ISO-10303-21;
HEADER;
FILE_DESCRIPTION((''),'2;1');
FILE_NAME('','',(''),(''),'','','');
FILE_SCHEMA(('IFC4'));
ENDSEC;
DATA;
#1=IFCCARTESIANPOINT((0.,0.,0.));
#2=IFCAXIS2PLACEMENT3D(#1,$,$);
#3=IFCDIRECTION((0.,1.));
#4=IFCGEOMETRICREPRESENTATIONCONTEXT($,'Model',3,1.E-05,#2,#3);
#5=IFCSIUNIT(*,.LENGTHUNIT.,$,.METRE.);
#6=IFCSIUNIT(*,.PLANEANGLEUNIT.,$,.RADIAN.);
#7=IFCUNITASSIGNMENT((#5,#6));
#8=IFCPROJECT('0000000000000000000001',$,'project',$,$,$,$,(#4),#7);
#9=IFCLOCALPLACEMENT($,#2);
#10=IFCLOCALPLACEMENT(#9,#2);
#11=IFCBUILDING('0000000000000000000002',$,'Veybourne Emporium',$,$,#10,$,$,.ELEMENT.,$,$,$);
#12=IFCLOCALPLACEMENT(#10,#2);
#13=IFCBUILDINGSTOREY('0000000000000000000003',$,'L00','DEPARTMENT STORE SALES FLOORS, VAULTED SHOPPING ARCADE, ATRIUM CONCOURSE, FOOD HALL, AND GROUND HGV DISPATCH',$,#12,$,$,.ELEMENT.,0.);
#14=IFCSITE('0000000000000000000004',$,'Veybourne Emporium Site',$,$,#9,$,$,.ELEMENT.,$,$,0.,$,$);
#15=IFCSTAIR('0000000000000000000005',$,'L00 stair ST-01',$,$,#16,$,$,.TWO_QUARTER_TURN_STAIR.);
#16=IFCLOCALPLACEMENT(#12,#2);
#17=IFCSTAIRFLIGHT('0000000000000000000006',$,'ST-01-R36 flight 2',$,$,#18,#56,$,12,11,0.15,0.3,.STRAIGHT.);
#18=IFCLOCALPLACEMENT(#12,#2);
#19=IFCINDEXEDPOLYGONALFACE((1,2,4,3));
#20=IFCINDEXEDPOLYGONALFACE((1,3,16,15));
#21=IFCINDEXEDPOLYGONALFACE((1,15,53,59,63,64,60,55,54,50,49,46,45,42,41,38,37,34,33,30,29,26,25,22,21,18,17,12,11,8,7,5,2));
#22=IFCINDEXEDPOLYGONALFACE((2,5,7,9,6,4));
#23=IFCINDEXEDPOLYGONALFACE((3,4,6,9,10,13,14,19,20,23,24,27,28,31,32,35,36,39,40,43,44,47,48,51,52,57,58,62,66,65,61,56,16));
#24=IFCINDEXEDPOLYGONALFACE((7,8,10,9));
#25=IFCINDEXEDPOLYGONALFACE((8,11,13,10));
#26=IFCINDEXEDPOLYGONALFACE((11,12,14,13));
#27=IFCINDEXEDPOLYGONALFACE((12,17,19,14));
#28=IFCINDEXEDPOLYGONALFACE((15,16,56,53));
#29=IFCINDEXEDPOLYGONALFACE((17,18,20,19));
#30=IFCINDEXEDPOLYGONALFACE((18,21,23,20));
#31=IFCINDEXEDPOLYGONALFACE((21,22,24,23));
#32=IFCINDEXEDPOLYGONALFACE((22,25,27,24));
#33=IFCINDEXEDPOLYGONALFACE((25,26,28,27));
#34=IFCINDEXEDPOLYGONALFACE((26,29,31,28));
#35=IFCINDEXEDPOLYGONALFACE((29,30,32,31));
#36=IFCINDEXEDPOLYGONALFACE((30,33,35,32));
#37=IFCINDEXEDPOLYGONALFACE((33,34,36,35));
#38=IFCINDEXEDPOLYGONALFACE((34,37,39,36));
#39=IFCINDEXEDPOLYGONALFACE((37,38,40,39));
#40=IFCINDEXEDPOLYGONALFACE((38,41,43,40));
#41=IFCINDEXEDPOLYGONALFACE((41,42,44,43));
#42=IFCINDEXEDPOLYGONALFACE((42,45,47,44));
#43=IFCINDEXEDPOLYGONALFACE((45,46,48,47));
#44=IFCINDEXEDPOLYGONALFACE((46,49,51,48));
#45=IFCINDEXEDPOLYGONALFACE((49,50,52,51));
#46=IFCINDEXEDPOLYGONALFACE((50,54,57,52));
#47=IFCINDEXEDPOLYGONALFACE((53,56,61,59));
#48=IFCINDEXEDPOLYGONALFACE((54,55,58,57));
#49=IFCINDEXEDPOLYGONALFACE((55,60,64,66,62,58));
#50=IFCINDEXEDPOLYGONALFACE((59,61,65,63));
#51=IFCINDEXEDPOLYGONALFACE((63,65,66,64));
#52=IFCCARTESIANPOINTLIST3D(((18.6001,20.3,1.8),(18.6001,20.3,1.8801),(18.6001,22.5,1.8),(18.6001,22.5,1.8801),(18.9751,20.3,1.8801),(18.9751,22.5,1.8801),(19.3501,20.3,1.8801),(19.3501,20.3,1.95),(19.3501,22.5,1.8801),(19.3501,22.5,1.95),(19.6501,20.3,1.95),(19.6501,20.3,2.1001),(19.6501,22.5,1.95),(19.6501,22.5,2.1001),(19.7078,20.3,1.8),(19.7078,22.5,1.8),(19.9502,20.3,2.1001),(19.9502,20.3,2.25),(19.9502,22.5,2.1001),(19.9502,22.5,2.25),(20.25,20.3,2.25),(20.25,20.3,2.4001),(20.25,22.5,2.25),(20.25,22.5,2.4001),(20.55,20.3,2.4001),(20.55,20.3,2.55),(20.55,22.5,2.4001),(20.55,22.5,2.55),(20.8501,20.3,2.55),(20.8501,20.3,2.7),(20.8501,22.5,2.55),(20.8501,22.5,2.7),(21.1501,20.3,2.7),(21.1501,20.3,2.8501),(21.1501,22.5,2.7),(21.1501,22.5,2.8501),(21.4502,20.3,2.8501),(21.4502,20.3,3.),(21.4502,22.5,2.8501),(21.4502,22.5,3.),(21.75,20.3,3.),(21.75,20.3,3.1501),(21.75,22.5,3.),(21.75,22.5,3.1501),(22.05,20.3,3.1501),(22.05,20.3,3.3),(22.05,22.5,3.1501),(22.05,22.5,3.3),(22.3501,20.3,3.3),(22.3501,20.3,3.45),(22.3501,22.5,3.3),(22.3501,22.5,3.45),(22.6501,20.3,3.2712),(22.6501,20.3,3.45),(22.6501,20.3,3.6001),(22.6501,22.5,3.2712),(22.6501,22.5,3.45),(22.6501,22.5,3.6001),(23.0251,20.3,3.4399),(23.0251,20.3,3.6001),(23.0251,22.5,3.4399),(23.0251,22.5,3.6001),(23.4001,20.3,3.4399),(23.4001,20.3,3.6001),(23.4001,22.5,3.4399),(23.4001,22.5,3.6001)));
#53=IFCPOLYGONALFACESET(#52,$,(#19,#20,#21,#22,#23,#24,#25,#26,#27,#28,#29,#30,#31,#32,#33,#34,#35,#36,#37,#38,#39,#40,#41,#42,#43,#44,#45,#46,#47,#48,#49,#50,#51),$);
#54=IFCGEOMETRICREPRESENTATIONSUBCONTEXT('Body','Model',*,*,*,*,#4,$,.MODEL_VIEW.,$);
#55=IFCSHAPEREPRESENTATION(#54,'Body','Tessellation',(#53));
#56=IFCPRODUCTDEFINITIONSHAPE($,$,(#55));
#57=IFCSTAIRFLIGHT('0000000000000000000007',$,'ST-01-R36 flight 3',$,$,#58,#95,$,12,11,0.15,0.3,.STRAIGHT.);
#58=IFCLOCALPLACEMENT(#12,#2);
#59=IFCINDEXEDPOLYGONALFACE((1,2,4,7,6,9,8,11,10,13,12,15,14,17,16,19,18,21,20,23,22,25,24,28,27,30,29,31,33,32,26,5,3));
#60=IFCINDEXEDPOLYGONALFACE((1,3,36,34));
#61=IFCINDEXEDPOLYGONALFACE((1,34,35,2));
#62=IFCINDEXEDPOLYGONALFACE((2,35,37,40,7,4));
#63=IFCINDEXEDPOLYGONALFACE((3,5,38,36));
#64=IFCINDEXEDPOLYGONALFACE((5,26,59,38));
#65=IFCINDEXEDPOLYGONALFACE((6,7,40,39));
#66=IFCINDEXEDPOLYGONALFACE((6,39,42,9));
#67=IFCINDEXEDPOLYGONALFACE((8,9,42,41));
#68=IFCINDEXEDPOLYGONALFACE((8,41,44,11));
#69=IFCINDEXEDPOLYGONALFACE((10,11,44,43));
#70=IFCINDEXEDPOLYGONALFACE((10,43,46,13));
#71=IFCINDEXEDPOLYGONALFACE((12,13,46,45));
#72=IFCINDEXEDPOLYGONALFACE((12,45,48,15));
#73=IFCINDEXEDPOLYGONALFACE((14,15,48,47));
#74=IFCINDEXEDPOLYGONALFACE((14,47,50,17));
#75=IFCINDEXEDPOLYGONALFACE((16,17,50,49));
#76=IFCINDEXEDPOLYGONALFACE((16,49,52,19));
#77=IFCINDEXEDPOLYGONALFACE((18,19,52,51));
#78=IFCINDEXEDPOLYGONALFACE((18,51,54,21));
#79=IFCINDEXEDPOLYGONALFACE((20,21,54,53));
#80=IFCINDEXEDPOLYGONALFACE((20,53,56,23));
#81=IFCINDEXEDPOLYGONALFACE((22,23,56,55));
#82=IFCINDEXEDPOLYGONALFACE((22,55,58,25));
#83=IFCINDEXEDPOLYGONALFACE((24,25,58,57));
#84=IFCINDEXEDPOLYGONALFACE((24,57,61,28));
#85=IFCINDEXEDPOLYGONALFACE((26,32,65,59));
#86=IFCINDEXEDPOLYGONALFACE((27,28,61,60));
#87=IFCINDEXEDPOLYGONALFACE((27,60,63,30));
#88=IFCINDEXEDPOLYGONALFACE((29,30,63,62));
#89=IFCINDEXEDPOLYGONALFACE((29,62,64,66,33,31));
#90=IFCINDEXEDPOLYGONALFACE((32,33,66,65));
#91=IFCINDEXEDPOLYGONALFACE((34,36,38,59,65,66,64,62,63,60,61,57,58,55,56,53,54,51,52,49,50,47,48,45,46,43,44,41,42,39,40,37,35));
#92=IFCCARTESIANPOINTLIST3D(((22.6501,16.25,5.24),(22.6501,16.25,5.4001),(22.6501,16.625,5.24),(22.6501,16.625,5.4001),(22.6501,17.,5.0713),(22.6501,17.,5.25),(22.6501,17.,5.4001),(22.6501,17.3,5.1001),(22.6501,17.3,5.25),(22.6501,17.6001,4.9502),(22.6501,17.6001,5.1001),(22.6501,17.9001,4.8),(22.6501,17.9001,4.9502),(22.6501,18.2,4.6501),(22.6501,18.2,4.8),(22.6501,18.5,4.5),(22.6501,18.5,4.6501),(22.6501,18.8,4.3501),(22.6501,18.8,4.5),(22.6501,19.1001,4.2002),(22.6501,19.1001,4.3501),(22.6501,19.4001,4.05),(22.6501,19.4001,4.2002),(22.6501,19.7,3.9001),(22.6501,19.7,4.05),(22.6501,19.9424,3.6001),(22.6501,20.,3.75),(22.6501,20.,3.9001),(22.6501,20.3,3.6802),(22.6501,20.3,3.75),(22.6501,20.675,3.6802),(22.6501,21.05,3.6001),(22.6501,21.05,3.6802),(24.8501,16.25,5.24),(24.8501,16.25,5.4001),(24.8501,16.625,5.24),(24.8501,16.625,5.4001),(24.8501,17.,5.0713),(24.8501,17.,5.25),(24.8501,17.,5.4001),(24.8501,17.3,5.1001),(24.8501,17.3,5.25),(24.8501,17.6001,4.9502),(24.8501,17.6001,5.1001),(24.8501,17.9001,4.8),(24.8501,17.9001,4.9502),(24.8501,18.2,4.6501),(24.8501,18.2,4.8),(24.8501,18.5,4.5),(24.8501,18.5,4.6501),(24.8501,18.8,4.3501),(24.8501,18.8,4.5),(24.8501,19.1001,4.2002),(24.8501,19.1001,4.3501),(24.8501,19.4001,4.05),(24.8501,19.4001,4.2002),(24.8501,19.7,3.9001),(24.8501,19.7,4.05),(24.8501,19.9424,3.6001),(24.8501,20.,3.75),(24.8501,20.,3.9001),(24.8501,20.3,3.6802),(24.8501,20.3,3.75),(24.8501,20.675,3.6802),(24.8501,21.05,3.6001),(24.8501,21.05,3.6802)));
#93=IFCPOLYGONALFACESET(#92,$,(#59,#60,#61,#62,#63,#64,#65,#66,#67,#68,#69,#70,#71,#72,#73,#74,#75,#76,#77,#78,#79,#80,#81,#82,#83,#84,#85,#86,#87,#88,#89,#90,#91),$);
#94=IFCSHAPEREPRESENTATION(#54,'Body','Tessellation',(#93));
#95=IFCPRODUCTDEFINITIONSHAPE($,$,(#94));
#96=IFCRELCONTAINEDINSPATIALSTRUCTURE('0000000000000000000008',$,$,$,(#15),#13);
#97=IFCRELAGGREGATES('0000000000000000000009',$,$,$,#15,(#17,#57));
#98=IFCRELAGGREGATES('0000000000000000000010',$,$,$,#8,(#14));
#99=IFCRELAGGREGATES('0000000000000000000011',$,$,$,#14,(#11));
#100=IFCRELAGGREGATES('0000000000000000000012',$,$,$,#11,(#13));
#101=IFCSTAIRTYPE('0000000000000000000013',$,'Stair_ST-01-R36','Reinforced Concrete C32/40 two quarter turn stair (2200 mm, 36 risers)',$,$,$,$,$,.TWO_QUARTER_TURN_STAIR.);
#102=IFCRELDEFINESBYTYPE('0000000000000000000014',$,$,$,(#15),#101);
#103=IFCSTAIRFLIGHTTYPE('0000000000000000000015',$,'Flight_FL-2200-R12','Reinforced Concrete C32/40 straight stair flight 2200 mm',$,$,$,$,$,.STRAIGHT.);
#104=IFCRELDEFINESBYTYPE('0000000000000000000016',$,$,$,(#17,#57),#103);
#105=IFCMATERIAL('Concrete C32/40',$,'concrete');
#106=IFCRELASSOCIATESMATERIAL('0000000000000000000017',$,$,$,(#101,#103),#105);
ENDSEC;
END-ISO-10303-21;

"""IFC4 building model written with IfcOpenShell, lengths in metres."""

from ifc_helpers import new_model, si_unit, direction, frame, origin, place, context, subcontext, project, spatial, polyline, outline, extrude, material, type_object, element, aggregate, save


model = new_model("IFC4")

# Units and contexts
model_context = context("Model", 3, precision=1e-05, world=origin(), true_north=direction((0.0, 1.0)))
body_context = subcontext(model_context, "Body", "Model", "MODEL_VIEW")
ifc_project = project(units=[si_unit("LENGTHUNIT", "METRE"), si_unit("PLANEANGLEUNIT", "RADIAN")], contexts=[model_context])

# Site, building, storey
site_placement = place(None, origin())
site = spatial("IfcSite", under=ifc_project, at=site_placement, Name="Veybourne Emporium Site", CompositionType="ELEMENT", RefElevation=0.0)
building_placement = place(site_placement, origin())
building = spatial("IfcBuilding", under=site, at=building_placement, Name="Veybourne Emporium", CompositionType="ELEMENT")
storey_placement = place(building_placement, origin())
storey = spatial("IfcBuildingStorey", under=building, at=storey_placement, Name="L00", Description="DEPARTMENT STORE SALES FLOORS, VAULTED SHOPPING ARCADE, ATRIUM CONCOURSE, FOOD HALL, AND GROUND HGV DISPATCH", CompositionType="ELEMENT", Elevation=0.0)

# Shared definitions
ifc_material_1 = material(Name="Concrete C32/40", Category="concrete")

# Stair, stair flights
stair_type = type_object("IfcStairType", Name="Stair_ST-01-R36", Description="Reinforced Concrete C32/40 two quarter turn stair (2200 mm, 36 risers)", PredefinedType="TWO_QUARTER_TURN_STAIR", material=ifc_material_1)
stair_placement = place(storey_placement, origin())
stair = element("IfcStair", 1, at=stair_placement, inside=storey, type_object=stair_type, Name="L00 stair ST-01", PredefinedType="TWO_QUARTER_TURN_STAIR")
stair_flight_type = type_object("IfcStairFlightType", Name="Flight_FL-2200-R12", Description="Reinforced Concrete C32/40 straight stair flight 2200 mm", PredefinedType="STRAIGHT", material=ifc_material_1)
stair_flight_1_placement = place(storey_placement, frame((19.3501, 21.3999, 1.8), z_axis=(0.0, 0.0, 1.0), x_axis=(1.0, 0.0, 0.0)))
stair_flight_1 = element("IfcStairFlight", 2, at=stair_flight_1_placement, type_object=stair_flight_type, Name="ST-01-R36 flight 2", NumberOfRisers=12, NumberOfTreads=11, PredefinedType="STRAIGHT", RiserHeight=0.15, TreadLength=0.3, context=body_context, shape_type="SweptSolid", body=[
    extrude(outline(polyline([(-0.75, 0.0), (-0.75, 0.0801), (-0.375, 0.0801), (0.0, 0.0801), (0.0, 0.1499), (0.3, 0.1499), (0.3, 0.3), (0.6001, 0.3), (0.6001, 0.45), (0.8999, 0.45), (0.8999, 0.6001), (1.2, 0.6001), (1.2, 0.75), (1.5, 0.75), (1.5, 0.8999), (1.8, 0.8999), (1.8, 1.05), (2.1001, 1.05), (2.1001, 1.2), (2.3999, 1.2), (2.3999, 1.3501), (2.7, 1.3501), (2.7, 1.5), (3.0, 1.5), (3.0, 1.6499), (3.3, 1.6499), (3.3, 1.8), (3.675, 1.8), (4.05, 1.8), (4.05, 1.6399), (3.675, 1.6399), (3.3, 1.4712), (0.3577, 0.0), (-0.75, 0.0)])), frame((0.0, 1.1001, 0.0), z_axis=(0.0, -1.0, 0.0), x_axis=(1.0, 0.0, 0.0)), (0.0, 0.0, 1.0), 2.2),
])
stair_flight_2_placement = place(storey_placement, frame((23.75, 20.3, 3.6001), z_axis=(0.0, 0.0, 1.0), x_axis=(0.0, -1.0, 0.0)))
stair_flight_2 = element("IfcStairFlight", 3, at=stair_flight_2_placement, type_object=stair_flight_type, Name="ST-01-R36 flight 3", NumberOfRisers=12, NumberOfTreads=11, PredefinedType="STRAIGHT", RiserHeight=0.15, TreadLength=0.3, context=body_context, shape_type="SweptSolid", body=[
    extrude(outline(polyline([(-0.75, 0.0), (-0.75, 0.0801), (-0.375, 0.0801), (0.0, 0.0801), (0.0, 0.1499), (0.3, 0.1499), (0.3, 0.3), (0.6001, 0.3), (0.6001, 0.45), (0.8999, 0.45), (0.8999, 0.6001), (1.2, 0.6001), (1.2, 0.75), (1.5, 0.75), (1.5, 0.8999), (1.8, 0.8999), (1.8, 1.05), (2.1001, 1.05), (2.1001, 1.2), (2.3999, 1.2), (2.3999, 1.3501), (2.7, 1.3501), (2.7, 1.5), (3.0, 1.5), (3.0, 1.6499), (3.3, 1.6499), (3.3, 1.8), (3.675, 1.8), (4.05, 1.8), (4.05, 1.6399), (3.675, 1.6399), (3.3, 1.4712), (0.3577, 0.0), (-0.75, 0.0)])), frame((0.0, 1.1001, 0.0), z_axis=(0.0, -1.0, 0.0), x_axis=(1.0, 0.0, 0.0)), (0.0, 0.0, 1.0), 2.2),
])
aggregate(stair, [stair_flight_1, stair_flight_2])

save(model, "model.ifc")
